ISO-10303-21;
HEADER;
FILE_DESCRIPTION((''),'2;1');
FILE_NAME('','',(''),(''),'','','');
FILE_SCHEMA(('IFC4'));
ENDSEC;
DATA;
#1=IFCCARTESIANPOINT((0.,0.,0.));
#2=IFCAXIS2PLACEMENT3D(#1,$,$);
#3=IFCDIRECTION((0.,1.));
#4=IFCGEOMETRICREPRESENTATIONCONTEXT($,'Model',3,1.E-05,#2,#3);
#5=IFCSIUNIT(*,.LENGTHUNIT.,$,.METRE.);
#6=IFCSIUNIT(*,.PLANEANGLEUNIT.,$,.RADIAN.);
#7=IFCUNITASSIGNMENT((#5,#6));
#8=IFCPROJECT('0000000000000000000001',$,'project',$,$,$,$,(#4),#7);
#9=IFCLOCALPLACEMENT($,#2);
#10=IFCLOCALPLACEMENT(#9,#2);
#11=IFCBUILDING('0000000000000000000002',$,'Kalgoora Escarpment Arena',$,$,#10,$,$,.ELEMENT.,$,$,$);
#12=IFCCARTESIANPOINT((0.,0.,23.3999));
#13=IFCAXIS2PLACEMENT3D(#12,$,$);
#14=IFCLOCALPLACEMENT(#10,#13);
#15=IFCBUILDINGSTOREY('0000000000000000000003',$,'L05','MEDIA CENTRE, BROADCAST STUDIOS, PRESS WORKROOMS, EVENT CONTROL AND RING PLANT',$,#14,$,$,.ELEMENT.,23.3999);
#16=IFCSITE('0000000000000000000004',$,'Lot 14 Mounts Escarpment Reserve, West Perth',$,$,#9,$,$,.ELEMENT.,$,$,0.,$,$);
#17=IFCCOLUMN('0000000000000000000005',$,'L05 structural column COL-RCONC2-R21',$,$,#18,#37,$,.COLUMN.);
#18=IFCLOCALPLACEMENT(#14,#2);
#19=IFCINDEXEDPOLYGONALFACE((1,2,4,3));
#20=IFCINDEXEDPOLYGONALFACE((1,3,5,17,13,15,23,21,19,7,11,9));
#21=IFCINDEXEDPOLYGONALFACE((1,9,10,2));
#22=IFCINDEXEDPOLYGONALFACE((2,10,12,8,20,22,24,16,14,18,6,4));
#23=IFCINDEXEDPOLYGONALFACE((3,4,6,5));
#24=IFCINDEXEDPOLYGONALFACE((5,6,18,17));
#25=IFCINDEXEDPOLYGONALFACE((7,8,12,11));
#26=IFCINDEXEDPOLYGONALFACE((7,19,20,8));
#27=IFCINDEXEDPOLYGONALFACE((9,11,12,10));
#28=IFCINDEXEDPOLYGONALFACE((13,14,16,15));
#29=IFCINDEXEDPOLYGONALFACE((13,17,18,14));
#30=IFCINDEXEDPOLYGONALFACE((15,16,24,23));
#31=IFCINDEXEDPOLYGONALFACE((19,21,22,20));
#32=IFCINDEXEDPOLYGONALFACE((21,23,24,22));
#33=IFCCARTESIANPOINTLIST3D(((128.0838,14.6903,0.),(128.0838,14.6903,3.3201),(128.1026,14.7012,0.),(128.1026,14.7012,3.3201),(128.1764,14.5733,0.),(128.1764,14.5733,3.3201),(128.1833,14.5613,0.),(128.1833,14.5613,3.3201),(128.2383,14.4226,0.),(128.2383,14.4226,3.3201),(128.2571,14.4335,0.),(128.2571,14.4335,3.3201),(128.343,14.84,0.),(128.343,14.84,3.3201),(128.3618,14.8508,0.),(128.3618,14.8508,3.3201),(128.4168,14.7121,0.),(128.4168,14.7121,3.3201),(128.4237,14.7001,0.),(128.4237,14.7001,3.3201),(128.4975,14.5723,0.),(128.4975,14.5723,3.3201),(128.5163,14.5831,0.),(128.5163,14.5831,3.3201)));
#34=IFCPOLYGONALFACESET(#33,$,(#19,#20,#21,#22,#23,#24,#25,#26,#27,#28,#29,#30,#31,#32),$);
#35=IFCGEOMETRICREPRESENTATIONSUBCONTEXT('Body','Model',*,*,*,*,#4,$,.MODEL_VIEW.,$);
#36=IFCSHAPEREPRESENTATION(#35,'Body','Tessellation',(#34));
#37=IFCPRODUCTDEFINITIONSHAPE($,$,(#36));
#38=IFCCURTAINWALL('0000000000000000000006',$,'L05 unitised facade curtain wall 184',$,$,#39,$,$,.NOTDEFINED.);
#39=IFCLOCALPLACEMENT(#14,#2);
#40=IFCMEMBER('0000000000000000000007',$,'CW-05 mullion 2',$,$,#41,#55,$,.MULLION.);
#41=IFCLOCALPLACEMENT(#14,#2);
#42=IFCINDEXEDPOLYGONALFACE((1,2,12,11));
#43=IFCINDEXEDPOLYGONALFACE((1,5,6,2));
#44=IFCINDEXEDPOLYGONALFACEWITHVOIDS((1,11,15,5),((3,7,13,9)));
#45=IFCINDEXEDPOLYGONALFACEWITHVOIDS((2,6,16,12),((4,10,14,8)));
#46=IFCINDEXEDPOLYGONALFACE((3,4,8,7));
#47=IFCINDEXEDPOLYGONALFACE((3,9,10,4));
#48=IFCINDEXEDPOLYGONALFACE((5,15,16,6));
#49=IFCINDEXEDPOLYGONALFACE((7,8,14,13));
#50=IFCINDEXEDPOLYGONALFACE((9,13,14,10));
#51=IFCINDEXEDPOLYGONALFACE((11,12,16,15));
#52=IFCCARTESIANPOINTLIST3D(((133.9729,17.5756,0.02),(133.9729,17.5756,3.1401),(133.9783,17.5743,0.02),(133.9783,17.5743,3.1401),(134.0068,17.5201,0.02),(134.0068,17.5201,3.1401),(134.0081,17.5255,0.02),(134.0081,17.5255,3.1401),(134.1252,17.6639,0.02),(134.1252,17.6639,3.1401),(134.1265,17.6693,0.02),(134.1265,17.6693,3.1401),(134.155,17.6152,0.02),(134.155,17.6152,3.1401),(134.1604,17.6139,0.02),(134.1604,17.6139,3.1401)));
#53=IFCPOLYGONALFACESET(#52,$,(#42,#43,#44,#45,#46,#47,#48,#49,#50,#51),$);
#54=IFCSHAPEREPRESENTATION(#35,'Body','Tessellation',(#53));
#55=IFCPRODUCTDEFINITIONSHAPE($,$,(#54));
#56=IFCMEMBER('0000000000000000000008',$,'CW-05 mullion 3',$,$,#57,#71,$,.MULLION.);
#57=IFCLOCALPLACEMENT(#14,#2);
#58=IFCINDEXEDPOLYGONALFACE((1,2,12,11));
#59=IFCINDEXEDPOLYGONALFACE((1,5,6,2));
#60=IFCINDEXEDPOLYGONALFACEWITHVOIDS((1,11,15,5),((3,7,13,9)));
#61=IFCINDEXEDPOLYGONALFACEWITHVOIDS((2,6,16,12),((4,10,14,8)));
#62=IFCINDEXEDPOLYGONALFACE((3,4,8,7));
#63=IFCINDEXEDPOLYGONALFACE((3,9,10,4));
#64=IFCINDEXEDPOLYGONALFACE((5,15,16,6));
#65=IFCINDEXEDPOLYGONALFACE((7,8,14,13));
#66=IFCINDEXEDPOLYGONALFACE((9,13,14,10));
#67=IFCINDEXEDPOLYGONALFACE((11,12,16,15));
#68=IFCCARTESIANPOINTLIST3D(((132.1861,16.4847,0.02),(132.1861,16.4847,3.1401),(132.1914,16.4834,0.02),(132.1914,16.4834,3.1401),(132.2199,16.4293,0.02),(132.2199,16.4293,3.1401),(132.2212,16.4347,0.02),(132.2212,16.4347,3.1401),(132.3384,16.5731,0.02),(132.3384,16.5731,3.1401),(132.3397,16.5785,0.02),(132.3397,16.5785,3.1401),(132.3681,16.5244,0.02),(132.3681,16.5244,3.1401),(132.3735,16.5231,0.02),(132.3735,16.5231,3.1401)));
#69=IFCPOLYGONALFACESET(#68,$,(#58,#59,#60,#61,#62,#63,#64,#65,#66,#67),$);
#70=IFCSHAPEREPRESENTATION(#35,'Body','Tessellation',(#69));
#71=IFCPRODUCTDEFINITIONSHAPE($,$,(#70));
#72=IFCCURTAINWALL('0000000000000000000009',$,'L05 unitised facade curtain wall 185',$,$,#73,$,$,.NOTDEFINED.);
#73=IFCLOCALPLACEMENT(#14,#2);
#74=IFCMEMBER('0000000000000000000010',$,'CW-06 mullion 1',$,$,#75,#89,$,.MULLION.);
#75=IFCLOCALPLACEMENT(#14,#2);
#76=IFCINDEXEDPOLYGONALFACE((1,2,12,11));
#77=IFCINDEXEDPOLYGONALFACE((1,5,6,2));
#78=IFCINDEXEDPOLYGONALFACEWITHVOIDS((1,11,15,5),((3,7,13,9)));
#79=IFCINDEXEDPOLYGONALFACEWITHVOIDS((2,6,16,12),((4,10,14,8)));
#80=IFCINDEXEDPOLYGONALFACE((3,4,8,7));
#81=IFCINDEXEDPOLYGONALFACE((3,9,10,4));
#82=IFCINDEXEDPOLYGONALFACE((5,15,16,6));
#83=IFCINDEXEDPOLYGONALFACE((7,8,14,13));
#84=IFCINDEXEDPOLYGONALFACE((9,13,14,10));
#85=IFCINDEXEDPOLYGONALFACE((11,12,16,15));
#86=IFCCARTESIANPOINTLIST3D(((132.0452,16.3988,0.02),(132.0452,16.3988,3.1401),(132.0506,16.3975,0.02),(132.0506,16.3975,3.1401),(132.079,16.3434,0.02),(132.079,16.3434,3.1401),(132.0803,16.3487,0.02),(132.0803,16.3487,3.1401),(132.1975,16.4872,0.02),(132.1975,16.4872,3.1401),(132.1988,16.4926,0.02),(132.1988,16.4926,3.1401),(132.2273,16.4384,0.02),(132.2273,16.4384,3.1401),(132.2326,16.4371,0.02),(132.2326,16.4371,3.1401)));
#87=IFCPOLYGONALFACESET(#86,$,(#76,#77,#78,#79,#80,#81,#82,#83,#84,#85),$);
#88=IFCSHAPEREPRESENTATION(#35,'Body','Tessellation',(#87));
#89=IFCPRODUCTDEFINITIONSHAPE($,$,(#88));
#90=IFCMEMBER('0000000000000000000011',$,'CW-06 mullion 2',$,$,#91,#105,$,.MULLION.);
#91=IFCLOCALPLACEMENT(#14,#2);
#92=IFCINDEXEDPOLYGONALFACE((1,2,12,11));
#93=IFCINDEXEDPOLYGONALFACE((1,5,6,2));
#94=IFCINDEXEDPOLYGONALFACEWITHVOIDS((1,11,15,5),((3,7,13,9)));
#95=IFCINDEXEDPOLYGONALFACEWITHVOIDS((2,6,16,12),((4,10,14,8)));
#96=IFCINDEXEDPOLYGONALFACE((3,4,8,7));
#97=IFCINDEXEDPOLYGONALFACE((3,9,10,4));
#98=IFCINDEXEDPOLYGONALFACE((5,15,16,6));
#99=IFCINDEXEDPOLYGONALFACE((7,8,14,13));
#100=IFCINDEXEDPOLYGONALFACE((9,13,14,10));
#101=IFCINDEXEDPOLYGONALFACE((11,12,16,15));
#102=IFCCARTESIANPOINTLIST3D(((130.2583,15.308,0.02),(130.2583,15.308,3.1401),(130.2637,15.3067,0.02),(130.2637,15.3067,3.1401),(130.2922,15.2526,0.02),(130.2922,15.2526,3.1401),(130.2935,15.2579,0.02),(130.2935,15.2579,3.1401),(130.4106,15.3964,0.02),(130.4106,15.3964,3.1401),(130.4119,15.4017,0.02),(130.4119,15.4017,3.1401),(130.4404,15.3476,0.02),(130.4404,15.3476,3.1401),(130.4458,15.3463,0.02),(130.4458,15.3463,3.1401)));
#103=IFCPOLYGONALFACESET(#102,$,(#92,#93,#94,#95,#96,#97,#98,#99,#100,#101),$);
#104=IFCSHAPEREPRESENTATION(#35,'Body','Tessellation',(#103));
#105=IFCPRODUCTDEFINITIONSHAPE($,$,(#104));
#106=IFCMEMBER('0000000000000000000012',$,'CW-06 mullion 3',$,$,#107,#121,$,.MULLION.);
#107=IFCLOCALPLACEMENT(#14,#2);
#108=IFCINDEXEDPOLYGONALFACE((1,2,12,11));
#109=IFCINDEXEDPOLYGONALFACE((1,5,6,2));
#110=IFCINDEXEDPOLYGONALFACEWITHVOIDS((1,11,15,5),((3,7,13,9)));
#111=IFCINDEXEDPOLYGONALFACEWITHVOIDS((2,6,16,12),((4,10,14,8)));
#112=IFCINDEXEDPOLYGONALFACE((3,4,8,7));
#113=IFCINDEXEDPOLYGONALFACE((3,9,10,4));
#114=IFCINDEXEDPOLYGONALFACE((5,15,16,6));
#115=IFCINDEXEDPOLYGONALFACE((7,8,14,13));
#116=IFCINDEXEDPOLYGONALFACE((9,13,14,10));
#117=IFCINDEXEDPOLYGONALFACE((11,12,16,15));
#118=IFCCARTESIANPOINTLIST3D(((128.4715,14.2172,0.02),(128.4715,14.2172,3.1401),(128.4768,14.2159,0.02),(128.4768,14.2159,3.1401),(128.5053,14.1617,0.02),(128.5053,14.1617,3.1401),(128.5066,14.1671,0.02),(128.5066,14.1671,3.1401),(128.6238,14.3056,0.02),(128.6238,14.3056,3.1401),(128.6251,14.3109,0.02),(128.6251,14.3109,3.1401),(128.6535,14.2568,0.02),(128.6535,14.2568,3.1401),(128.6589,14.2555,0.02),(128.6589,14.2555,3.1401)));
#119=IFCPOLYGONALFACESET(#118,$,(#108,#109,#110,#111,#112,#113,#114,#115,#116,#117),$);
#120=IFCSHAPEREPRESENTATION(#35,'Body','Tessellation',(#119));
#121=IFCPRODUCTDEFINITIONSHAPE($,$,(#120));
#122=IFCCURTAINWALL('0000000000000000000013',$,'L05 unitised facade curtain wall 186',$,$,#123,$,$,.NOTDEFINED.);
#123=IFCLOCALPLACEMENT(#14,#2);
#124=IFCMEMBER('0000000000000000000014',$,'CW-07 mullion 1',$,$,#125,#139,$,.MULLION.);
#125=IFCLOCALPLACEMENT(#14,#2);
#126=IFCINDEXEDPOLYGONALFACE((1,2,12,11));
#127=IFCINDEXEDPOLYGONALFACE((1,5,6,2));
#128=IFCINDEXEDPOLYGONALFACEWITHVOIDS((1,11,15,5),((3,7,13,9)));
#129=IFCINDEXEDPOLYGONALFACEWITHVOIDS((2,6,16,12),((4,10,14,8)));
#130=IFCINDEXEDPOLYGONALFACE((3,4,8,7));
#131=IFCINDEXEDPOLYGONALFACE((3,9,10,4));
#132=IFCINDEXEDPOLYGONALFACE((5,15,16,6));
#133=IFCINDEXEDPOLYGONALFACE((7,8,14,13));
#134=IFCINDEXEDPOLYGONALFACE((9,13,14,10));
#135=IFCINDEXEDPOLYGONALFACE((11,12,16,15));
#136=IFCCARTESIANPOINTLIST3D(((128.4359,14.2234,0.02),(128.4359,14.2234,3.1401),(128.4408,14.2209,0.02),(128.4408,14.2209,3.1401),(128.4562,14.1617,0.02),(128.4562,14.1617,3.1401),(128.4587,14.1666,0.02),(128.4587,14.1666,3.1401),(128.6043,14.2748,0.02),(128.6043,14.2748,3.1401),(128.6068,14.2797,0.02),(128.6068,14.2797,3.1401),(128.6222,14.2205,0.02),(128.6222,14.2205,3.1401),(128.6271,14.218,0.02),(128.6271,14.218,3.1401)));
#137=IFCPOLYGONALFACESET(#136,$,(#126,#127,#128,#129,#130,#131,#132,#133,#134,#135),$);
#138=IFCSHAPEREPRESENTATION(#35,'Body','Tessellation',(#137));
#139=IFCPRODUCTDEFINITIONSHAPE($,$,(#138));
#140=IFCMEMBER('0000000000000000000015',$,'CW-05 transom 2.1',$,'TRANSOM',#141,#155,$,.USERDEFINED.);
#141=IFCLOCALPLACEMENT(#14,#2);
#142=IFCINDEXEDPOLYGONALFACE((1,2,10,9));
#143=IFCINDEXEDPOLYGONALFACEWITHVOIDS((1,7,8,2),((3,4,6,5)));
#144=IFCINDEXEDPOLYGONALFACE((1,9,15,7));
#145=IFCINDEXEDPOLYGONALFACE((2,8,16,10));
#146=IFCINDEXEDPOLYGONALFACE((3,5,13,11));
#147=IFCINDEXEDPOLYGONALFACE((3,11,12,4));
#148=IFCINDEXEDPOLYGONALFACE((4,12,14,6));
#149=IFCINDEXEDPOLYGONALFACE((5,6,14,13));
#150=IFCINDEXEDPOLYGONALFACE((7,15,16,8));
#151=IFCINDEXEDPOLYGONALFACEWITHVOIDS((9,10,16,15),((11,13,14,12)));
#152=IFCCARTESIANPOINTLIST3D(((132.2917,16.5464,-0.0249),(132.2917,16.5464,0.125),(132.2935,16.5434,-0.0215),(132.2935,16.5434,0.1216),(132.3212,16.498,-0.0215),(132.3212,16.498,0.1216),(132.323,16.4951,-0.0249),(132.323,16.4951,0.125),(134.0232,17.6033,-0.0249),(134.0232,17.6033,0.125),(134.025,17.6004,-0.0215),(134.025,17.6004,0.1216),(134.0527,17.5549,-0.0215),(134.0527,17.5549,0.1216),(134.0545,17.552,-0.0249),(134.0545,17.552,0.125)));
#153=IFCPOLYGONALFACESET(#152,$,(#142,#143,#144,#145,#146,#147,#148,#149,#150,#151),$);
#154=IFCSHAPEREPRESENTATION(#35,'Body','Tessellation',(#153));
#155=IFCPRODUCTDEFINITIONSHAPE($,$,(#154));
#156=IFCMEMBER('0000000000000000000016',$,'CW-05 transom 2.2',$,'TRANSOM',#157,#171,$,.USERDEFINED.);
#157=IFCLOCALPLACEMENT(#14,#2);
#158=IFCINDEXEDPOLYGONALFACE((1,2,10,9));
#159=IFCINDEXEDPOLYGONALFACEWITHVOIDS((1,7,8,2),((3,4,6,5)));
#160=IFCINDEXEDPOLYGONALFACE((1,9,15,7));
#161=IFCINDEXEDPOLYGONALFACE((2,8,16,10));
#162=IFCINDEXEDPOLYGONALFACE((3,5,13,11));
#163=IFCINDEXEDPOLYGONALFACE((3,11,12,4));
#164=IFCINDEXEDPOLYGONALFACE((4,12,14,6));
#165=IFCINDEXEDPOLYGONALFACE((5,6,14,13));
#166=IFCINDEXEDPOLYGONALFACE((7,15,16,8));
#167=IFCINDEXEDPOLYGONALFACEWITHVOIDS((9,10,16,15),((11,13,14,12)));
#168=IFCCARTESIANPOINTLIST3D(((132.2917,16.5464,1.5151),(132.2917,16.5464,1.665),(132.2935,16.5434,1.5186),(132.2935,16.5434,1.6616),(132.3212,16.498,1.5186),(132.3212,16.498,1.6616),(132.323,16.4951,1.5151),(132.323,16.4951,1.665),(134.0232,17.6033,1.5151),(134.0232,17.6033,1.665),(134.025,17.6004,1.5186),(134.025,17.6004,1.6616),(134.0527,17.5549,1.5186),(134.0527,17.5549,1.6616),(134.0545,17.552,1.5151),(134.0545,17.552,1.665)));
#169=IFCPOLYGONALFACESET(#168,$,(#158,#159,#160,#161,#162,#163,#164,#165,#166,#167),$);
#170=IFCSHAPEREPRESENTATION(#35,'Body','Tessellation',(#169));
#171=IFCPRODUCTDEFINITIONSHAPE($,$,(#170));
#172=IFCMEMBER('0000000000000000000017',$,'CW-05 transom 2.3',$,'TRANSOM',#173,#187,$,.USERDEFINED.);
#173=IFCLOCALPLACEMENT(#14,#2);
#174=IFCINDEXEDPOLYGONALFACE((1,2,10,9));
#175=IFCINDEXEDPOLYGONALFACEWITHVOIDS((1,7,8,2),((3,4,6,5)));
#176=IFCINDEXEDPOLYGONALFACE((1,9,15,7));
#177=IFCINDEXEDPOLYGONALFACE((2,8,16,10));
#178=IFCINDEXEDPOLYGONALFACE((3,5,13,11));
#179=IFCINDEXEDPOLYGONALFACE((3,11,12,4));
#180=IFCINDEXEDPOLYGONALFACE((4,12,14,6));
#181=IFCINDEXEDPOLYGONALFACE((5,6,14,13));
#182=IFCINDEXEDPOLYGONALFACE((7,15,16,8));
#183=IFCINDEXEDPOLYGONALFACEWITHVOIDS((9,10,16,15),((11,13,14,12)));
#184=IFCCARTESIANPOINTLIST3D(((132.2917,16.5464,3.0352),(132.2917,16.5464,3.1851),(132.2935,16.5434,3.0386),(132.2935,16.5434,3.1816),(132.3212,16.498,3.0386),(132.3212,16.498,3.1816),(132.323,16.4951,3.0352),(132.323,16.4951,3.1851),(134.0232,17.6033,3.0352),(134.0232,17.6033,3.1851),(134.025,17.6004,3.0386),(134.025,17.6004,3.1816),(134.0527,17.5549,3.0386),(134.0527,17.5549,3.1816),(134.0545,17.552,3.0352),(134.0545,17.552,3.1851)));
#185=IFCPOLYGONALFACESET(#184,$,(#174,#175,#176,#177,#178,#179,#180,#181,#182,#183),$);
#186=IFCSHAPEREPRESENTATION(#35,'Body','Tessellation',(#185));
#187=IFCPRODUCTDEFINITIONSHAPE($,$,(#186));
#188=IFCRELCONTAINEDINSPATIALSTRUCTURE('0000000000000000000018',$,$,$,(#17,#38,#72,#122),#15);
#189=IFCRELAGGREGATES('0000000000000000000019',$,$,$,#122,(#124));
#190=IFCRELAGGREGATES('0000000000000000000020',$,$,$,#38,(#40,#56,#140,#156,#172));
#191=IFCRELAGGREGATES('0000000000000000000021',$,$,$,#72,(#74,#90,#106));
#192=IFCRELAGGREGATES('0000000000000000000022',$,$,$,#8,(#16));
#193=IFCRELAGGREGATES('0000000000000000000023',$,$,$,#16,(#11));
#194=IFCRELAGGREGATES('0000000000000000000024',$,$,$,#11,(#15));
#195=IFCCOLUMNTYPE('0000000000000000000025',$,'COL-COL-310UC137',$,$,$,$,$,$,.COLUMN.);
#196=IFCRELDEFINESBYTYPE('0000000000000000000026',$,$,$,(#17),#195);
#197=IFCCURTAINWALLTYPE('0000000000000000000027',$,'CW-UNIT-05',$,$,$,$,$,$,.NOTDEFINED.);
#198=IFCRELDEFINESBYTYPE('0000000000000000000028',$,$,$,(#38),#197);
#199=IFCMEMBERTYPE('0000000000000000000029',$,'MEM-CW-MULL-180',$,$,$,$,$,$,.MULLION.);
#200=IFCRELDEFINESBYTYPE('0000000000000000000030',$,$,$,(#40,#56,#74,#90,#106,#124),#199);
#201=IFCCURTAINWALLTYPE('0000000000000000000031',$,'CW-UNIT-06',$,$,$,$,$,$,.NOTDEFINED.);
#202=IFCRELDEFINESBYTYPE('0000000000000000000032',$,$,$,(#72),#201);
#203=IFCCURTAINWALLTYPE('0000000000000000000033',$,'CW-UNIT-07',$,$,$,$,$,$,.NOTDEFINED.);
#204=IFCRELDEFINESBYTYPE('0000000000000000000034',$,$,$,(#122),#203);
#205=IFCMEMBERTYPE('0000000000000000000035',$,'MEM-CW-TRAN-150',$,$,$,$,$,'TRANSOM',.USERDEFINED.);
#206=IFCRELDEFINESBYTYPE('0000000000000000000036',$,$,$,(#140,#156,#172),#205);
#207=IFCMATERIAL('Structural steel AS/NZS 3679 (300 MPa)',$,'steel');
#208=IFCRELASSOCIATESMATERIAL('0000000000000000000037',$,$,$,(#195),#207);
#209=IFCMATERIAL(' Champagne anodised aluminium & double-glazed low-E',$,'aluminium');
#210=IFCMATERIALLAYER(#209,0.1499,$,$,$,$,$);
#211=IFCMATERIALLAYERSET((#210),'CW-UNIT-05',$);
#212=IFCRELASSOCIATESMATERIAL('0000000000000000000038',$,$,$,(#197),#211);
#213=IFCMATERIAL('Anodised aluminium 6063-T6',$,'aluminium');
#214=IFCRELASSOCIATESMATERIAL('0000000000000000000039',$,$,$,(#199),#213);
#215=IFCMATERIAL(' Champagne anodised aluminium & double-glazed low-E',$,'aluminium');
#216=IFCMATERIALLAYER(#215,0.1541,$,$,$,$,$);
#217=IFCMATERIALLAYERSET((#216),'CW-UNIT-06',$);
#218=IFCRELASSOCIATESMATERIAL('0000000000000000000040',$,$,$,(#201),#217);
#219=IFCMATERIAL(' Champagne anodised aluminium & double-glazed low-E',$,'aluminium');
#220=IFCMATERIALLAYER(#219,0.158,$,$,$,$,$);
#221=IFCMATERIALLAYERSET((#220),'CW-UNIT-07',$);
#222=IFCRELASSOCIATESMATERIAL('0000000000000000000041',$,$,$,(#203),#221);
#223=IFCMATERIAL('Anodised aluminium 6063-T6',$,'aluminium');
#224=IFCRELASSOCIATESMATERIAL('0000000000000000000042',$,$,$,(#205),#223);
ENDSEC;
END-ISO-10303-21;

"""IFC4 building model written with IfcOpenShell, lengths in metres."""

from ifc_helpers import new_model, si_unit, direction, frame, origin, origin_2d, place, context, subcontext, project, spatial, hollow_rectangle, i_section, extrude, material, layer, layer_set, material_profile, profile_set, type_object, element, aggregate, save


model = new_model("IFC4")

# Units and contexts
model_context = context("Model", 3, precision=1e-05, world=origin(), true_north=direction((0.0, 1.0)))
body_context = subcontext(model_context, "Body", "Model", "MODEL_VIEW")
ifc_project = project(units=[si_unit("LENGTHUNIT", "METRE"), si_unit("PLANEANGLEUNIT", "RADIAN")], contexts=[model_context])

# Site, building, storey
site_placement = place(None, origin())
site = spatial("IfcSite", under=ifc_project, at=site_placement, Name="Lot 14 Mounts Escarpment Reserve, West Perth", CompositionType="ELEMENT", RefElevation=0.0)
building_placement = place(site_placement, origin())
building = spatial("IfcBuilding", under=site, at=building_placement, Name="Kalgoora Escarpment Arena", CompositionType="ELEMENT")
storey_placement = place(building_placement, frame((0.0, 0.0, 23.3999)))
storey = spatial("IfcBuildingStorey", under=building, at=storey_placement, Name="L05", Description="MEDIA CENTRE, BROADCAST STUDIOS, PRESS WORKROOMS, EVENT CONTROL AND RING PLANT", CompositionType="ELEMENT", Elevation=23.3999)

# Column
ifc_material_1 = material(Name="Structural steel AS/NZS 3679 (300 MPa)", Category="steel")
ifc_material_profile_1 = material_profile(ifc_material_1, i_section(OverallWidth=0.3091, OverallDepth=0.321, WebThickness=0.0139, FlangeThickness=0.0217, at=origin_2d()))
ifc_profile_set_1 = profile_set([ifc_material_profile_1], Name="Structural steel AS/NZS 3679 (300 MPa)")
column_type = type_object("IfcColumnType", Name="COL-COL-310UC137", PredefinedType="COLUMN", material=ifc_profile_set_1)
column_placement = place(storey_placement, frame((128.3, 14.6367, 0.0), z_axis=(0.0, 0.0, 1.0), x_axis=(0.5, -0.866025, 0.0)))
element("IfcColumn", 1, at=column_placement, inside=storey, type_object=column_type, Name="L05 structural column COL-RCONC2-R21", PredefinedType="COLUMN", context=body_context, shape_type="SweptSolid", body=[
    extrude(i_section(OverallWidth=0.3091, OverallDepth=0.321, WebThickness=0.0139, FlangeThickness=0.0217, at=origin_2d()), origin(), (0.0, 0.0, 1.0), 3.3201),
])

# Curtain walls, members
ifc_material_2 = material(Name=" Champagne anodised aluminium & double-glazed low-E", Category="aluminium")
ifc_layer_1 = layer(ifc_material_2, 0.1499)
ifc_layer_set_1 = layer_set([ifc_layer_1], Name="CW-UNIT-05")
curtain_wall_type_1 = type_object("IfcCurtainWallType", Name="CW-UNIT-05", PredefinedType="NOTDEFINED", material=ifc_layer_set_1)
curtain_wall_1_placement = place(storey_placement, origin())
curtain_wall_1 = element("IfcCurtainWall", 2, at=curtain_wall_1_placement, inside=storey, type_object=curtain_wall_type_1, Name="L05 unitised facade curtain wall 184", PredefinedType="NOTDEFINED")
ifc_material_3 = material(Name="Anodised aluminium 6063-T6", Category="aluminium")
ifc_material_profile_2 = material_profile(ifc_material_3, hollow_rectangle(XDim=0.0649, YDim=0.1799, WallThickness=0.0039, at=origin_2d()))
ifc_profile_set_2 = profile_set([ifc_material_profile_2], Name="Anodised aluminium 6063-T6")
member_type_1 = type_object("IfcMemberType", Name="MEM-CW-MULL-180", PredefinedType="MULLION", material=ifc_profile_set_2)
member_1_placement = place(storey_placement, frame((134.0667, 17.5947, 0.02), z_axis=(0.0, 0.0, 1.0), x_axis=(0.521049, -0.853527, 0.0)))
member_1 = element("IfcMember", 3, at=member_1_placement, type_object=member_type_1, Name="CW-05 mullion 2", PredefinedType="MULLION", context=body_context, shape_type="SweptSolid", body=[
    extrude(hollow_rectangle(XDim=0.0649, YDim=0.1799, WallThickness=0.0039, at=origin_2d()), origin(), (0.0, 0.0, 1.0), 3.1201),
])
member_2_placement = place(storey_placement, frame((132.2798, 16.5039, 0.02), z_axis=(0.0, 0.0, 1.0), x_axis=(0.521049, -0.853527, 0.0)))
member_2 = element("IfcMember", 4, at=member_2_placement, type_object=member_type_1, Name="CW-05 mullion 3", PredefinedType="MULLION", context=body_context, shape_type="SweptSolid", body=[
    extrude(hollow_rectangle(XDim=0.0649, YDim=0.1799, WallThickness=0.0039, at=origin_2d()), origin(), (0.0, 0.0, 1.0), 3.1201),
])
ifc_material_4 = material(Name=" Champagne anodised aluminium & double-glazed low-E", Category="aluminium")
ifc_layer_2 = layer(ifc_material_4, 0.1541)
ifc_layer_set_2 = layer_set([ifc_layer_2], Name="CW-UNIT-06")
curtain_wall_type_2 = type_object("IfcCurtainWallType", Name="CW-UNIT-06", PredefinedType="NOTDEFINED", material=ifc_layer_set_2)
curtain_wall_2_placement = place(storey_placement, origin())
curtain_wall_2 = element("IfcCurtainWall", 5, at=curtain_wall_2_placement, inside=storey, type_object=curtain_wall_type_2, Name="L05 unitised facade curtain wall 185", PredefinedType="NOTDEFINED")
member_3_placement = place(storey_placement, frame((132.1389, 16.418, 0.02), z_axis=(0.0, 0.0, 1.0), x_axis=(0.521059, -0.853521, 0.0)))
member_3 = element("IfcMember", 6, at=member_3_placement, type_object=member_type_1, Name="CW-06 mullion 1", PredefinedType="MULLION", context=body_context, shape_type="SweptSolid", body=[
    extrude(hollow_rectangle(XDim=0.0649, YDim=0.1799, WallThickness=0.0039, at=origin_2d()), origin(), (0.0, 0.0, 1.0), 3.1201),
])
member_4_placement = place(storey_placement, frame((130.3521, 15.3271, 0.02), z_axis=(0.0, 0.0, 1.0), x_axis=(0.521059, -0.853521, 0.0)))
member_4 = element("IfcMember", 7, at=member_4_placement, type_object=member_type_1, Name="CW-06 mullion 2", PredefinedType="MULLION", context=body_context, shape_type="SweptSolid", body=[
    extrude(hollow_rectangle(XDim=0.0649, YDim=0.1799, WallThickness=0.0039, at=origin_2d()), origin(), (0.0, 0.0, 1.0), 3.1201),
])
member_5_placement = place(storey_placement, frame((128.5652, 14.2363, 0.02), z_axis=(0.0, 0.0, 1.0), x_axis=(0.521059, -0.853521, 0.0)))
member_5 = element("IfcMember", 8, at=member_5_placement, type_object=member_type_1, Name="CW-06 mullion 3", PredefinedType="MULLION", context=body_context, shape_type="SweptSolid", body=[
    extrude(hollow_rectangle(XDim=0.0649, YDim=0.1799, WallThickness=0.0039, at=origin_2d()), origin(), (0.0, 0.0, 1.0), 3.1201),
])

# Curtain wall, member
ifc_material_5 = material(Name=" Champagne anodised aluminium & double-glazed low-E", Category="aluminium")
ifc_layer_3 = layer(ifc_material_5, 0.158)
ifc_layer_set_3 = layer_set([ifc_layer_3], Name="CW-UNIT-07")
curtain_wall_type_3 = type_object("IfcCurtainWallType", Name="CW-UNIT-07", PredefinedType="NOTDEFINED", material=ifc_layer_set_3)
curtain_wall_3_placement = place(storey_placement, origin())
curtain_wall_3 = element("IfcCurtainWall", 9, at=curtain_wall_3_placement, inside=storey, type_object=curtain_wall_type_3, Name="L05 unitised facade curtain wall 186", PredefinedType="NOTDEFINED")
member_6_placement = place(storey_placement, frame((128.5315, 14.2207, 0.02), z_axis=(0.0, 0.0, 1.0), x_axis=(0.312986, -0.949758, 0.0)))
member_6 = element("IfcMember", 10, at=member_6_placement, type_object=member_type_1, Name="CW-07 mullion 1", PredefinedType="MULLION", context=body_context, shape_type="SweptSolid", body=[
    extrude(hollow_rectangle(XDim=0.0649, YDim=0.1799, WallThickness=0.0039, at=origin_2d()), origin(), (0.0, 0.0, 1.0), 3.1201),
])

# Members
ifc_material_6 = material(Name="Anodised aluminium 6063-T6", Category="aluminium")
ifc_material_profile_3 = material_profile(ifc_material_6, hollow_rectangle(XDim=0.0601, YDim=0.1499, WallThickness=0.0034, at=origin_2d()))
ifc_profile_set_3 = profile_set([ifc_material_profile_3], Name="Anodised aluminium 6063-T6")
member_type_2 = type_object("IfcMemberType", Name="MEM-CW-TRAN-150", ElementType="TRANSOM", PredefinedType="USERDEFINED", material=ifc_profile_set_3)
member_7_placement = place(storey_placement, frame((134.0388, 17.5776, 0.05), z_axis=(-0.853549, -0.521012, 0.0), x_axis=(0.521012, -0.853549, 0.0)))
member_7 = element("IfcMember", 11, at=member_7_placement, type_object=member_type_2, Name="CW-05 transom 2.1", ObjectType="TRANSOM", PredefinedType="USERDEFINED", context=body_context, shape_type="SweptSolid", body=[
    extrude(hollow_rectangle(XDim=0.0601, YDim=0.1499, WallThickness=0.0034, at=origin_2d()), origin(), (0.0, 0.0, 1.0), 2.0286),
])
member_8_placement = place(storey_placement, frame((134.0388, 17.5776, 1.5901), z_axis=(-0.853549, -0.521012, 0.0), x_axis=(0.521012, -0.853549, 0.0)))
member_8 = element("IfcMember", 12, at=member_8_placement, type_object=member_type_2, Name="CW-05 transom 2.2", ObjectType="TRANSOM", PredefinedType="USERDEFINED", context=body_context, shape_type="SweptSolid", body=[
    extrude(hollow_rectangle(XDim=0.0601, YDim=0.1499, WallThickness=0.0034, at=origin_2d()), origin(), (0.0, 0.0, 1.0), 2.0286),
])
member_9_placement = place(storey_placement, frame((134.0388, 17.5776, 3.1101), z_axis=(-0.853549, -0.521012, 0.0), x_axis=(0.521012, -0.853549, 0.0)))
member_9 = element("IfcMember", 13, at=member_9_placement, type_object=member_type_2, Name="CW-05 transom 2.3", ObjectType="TRANSOM", PredefinedType="USERDEFINED", context=body_context, shape_type="SweptSolid", body=[
    extrude(hollow_rectangle(XDim=0.0601, YDim=0.1499, WallThickness=0.0034, at=origin_2d()), origin(), (0.0, 0.0, 1.0), 2.0286),
])
aggregate(curtain_wall_3, [member_6])

aggregate(curtain_wall_1, [member_1, member_2, member_7, member_8, member_9])
aggregate(curtain_wall_2, [member_3, member_4, member_5])

save(model, "model.ifc")
